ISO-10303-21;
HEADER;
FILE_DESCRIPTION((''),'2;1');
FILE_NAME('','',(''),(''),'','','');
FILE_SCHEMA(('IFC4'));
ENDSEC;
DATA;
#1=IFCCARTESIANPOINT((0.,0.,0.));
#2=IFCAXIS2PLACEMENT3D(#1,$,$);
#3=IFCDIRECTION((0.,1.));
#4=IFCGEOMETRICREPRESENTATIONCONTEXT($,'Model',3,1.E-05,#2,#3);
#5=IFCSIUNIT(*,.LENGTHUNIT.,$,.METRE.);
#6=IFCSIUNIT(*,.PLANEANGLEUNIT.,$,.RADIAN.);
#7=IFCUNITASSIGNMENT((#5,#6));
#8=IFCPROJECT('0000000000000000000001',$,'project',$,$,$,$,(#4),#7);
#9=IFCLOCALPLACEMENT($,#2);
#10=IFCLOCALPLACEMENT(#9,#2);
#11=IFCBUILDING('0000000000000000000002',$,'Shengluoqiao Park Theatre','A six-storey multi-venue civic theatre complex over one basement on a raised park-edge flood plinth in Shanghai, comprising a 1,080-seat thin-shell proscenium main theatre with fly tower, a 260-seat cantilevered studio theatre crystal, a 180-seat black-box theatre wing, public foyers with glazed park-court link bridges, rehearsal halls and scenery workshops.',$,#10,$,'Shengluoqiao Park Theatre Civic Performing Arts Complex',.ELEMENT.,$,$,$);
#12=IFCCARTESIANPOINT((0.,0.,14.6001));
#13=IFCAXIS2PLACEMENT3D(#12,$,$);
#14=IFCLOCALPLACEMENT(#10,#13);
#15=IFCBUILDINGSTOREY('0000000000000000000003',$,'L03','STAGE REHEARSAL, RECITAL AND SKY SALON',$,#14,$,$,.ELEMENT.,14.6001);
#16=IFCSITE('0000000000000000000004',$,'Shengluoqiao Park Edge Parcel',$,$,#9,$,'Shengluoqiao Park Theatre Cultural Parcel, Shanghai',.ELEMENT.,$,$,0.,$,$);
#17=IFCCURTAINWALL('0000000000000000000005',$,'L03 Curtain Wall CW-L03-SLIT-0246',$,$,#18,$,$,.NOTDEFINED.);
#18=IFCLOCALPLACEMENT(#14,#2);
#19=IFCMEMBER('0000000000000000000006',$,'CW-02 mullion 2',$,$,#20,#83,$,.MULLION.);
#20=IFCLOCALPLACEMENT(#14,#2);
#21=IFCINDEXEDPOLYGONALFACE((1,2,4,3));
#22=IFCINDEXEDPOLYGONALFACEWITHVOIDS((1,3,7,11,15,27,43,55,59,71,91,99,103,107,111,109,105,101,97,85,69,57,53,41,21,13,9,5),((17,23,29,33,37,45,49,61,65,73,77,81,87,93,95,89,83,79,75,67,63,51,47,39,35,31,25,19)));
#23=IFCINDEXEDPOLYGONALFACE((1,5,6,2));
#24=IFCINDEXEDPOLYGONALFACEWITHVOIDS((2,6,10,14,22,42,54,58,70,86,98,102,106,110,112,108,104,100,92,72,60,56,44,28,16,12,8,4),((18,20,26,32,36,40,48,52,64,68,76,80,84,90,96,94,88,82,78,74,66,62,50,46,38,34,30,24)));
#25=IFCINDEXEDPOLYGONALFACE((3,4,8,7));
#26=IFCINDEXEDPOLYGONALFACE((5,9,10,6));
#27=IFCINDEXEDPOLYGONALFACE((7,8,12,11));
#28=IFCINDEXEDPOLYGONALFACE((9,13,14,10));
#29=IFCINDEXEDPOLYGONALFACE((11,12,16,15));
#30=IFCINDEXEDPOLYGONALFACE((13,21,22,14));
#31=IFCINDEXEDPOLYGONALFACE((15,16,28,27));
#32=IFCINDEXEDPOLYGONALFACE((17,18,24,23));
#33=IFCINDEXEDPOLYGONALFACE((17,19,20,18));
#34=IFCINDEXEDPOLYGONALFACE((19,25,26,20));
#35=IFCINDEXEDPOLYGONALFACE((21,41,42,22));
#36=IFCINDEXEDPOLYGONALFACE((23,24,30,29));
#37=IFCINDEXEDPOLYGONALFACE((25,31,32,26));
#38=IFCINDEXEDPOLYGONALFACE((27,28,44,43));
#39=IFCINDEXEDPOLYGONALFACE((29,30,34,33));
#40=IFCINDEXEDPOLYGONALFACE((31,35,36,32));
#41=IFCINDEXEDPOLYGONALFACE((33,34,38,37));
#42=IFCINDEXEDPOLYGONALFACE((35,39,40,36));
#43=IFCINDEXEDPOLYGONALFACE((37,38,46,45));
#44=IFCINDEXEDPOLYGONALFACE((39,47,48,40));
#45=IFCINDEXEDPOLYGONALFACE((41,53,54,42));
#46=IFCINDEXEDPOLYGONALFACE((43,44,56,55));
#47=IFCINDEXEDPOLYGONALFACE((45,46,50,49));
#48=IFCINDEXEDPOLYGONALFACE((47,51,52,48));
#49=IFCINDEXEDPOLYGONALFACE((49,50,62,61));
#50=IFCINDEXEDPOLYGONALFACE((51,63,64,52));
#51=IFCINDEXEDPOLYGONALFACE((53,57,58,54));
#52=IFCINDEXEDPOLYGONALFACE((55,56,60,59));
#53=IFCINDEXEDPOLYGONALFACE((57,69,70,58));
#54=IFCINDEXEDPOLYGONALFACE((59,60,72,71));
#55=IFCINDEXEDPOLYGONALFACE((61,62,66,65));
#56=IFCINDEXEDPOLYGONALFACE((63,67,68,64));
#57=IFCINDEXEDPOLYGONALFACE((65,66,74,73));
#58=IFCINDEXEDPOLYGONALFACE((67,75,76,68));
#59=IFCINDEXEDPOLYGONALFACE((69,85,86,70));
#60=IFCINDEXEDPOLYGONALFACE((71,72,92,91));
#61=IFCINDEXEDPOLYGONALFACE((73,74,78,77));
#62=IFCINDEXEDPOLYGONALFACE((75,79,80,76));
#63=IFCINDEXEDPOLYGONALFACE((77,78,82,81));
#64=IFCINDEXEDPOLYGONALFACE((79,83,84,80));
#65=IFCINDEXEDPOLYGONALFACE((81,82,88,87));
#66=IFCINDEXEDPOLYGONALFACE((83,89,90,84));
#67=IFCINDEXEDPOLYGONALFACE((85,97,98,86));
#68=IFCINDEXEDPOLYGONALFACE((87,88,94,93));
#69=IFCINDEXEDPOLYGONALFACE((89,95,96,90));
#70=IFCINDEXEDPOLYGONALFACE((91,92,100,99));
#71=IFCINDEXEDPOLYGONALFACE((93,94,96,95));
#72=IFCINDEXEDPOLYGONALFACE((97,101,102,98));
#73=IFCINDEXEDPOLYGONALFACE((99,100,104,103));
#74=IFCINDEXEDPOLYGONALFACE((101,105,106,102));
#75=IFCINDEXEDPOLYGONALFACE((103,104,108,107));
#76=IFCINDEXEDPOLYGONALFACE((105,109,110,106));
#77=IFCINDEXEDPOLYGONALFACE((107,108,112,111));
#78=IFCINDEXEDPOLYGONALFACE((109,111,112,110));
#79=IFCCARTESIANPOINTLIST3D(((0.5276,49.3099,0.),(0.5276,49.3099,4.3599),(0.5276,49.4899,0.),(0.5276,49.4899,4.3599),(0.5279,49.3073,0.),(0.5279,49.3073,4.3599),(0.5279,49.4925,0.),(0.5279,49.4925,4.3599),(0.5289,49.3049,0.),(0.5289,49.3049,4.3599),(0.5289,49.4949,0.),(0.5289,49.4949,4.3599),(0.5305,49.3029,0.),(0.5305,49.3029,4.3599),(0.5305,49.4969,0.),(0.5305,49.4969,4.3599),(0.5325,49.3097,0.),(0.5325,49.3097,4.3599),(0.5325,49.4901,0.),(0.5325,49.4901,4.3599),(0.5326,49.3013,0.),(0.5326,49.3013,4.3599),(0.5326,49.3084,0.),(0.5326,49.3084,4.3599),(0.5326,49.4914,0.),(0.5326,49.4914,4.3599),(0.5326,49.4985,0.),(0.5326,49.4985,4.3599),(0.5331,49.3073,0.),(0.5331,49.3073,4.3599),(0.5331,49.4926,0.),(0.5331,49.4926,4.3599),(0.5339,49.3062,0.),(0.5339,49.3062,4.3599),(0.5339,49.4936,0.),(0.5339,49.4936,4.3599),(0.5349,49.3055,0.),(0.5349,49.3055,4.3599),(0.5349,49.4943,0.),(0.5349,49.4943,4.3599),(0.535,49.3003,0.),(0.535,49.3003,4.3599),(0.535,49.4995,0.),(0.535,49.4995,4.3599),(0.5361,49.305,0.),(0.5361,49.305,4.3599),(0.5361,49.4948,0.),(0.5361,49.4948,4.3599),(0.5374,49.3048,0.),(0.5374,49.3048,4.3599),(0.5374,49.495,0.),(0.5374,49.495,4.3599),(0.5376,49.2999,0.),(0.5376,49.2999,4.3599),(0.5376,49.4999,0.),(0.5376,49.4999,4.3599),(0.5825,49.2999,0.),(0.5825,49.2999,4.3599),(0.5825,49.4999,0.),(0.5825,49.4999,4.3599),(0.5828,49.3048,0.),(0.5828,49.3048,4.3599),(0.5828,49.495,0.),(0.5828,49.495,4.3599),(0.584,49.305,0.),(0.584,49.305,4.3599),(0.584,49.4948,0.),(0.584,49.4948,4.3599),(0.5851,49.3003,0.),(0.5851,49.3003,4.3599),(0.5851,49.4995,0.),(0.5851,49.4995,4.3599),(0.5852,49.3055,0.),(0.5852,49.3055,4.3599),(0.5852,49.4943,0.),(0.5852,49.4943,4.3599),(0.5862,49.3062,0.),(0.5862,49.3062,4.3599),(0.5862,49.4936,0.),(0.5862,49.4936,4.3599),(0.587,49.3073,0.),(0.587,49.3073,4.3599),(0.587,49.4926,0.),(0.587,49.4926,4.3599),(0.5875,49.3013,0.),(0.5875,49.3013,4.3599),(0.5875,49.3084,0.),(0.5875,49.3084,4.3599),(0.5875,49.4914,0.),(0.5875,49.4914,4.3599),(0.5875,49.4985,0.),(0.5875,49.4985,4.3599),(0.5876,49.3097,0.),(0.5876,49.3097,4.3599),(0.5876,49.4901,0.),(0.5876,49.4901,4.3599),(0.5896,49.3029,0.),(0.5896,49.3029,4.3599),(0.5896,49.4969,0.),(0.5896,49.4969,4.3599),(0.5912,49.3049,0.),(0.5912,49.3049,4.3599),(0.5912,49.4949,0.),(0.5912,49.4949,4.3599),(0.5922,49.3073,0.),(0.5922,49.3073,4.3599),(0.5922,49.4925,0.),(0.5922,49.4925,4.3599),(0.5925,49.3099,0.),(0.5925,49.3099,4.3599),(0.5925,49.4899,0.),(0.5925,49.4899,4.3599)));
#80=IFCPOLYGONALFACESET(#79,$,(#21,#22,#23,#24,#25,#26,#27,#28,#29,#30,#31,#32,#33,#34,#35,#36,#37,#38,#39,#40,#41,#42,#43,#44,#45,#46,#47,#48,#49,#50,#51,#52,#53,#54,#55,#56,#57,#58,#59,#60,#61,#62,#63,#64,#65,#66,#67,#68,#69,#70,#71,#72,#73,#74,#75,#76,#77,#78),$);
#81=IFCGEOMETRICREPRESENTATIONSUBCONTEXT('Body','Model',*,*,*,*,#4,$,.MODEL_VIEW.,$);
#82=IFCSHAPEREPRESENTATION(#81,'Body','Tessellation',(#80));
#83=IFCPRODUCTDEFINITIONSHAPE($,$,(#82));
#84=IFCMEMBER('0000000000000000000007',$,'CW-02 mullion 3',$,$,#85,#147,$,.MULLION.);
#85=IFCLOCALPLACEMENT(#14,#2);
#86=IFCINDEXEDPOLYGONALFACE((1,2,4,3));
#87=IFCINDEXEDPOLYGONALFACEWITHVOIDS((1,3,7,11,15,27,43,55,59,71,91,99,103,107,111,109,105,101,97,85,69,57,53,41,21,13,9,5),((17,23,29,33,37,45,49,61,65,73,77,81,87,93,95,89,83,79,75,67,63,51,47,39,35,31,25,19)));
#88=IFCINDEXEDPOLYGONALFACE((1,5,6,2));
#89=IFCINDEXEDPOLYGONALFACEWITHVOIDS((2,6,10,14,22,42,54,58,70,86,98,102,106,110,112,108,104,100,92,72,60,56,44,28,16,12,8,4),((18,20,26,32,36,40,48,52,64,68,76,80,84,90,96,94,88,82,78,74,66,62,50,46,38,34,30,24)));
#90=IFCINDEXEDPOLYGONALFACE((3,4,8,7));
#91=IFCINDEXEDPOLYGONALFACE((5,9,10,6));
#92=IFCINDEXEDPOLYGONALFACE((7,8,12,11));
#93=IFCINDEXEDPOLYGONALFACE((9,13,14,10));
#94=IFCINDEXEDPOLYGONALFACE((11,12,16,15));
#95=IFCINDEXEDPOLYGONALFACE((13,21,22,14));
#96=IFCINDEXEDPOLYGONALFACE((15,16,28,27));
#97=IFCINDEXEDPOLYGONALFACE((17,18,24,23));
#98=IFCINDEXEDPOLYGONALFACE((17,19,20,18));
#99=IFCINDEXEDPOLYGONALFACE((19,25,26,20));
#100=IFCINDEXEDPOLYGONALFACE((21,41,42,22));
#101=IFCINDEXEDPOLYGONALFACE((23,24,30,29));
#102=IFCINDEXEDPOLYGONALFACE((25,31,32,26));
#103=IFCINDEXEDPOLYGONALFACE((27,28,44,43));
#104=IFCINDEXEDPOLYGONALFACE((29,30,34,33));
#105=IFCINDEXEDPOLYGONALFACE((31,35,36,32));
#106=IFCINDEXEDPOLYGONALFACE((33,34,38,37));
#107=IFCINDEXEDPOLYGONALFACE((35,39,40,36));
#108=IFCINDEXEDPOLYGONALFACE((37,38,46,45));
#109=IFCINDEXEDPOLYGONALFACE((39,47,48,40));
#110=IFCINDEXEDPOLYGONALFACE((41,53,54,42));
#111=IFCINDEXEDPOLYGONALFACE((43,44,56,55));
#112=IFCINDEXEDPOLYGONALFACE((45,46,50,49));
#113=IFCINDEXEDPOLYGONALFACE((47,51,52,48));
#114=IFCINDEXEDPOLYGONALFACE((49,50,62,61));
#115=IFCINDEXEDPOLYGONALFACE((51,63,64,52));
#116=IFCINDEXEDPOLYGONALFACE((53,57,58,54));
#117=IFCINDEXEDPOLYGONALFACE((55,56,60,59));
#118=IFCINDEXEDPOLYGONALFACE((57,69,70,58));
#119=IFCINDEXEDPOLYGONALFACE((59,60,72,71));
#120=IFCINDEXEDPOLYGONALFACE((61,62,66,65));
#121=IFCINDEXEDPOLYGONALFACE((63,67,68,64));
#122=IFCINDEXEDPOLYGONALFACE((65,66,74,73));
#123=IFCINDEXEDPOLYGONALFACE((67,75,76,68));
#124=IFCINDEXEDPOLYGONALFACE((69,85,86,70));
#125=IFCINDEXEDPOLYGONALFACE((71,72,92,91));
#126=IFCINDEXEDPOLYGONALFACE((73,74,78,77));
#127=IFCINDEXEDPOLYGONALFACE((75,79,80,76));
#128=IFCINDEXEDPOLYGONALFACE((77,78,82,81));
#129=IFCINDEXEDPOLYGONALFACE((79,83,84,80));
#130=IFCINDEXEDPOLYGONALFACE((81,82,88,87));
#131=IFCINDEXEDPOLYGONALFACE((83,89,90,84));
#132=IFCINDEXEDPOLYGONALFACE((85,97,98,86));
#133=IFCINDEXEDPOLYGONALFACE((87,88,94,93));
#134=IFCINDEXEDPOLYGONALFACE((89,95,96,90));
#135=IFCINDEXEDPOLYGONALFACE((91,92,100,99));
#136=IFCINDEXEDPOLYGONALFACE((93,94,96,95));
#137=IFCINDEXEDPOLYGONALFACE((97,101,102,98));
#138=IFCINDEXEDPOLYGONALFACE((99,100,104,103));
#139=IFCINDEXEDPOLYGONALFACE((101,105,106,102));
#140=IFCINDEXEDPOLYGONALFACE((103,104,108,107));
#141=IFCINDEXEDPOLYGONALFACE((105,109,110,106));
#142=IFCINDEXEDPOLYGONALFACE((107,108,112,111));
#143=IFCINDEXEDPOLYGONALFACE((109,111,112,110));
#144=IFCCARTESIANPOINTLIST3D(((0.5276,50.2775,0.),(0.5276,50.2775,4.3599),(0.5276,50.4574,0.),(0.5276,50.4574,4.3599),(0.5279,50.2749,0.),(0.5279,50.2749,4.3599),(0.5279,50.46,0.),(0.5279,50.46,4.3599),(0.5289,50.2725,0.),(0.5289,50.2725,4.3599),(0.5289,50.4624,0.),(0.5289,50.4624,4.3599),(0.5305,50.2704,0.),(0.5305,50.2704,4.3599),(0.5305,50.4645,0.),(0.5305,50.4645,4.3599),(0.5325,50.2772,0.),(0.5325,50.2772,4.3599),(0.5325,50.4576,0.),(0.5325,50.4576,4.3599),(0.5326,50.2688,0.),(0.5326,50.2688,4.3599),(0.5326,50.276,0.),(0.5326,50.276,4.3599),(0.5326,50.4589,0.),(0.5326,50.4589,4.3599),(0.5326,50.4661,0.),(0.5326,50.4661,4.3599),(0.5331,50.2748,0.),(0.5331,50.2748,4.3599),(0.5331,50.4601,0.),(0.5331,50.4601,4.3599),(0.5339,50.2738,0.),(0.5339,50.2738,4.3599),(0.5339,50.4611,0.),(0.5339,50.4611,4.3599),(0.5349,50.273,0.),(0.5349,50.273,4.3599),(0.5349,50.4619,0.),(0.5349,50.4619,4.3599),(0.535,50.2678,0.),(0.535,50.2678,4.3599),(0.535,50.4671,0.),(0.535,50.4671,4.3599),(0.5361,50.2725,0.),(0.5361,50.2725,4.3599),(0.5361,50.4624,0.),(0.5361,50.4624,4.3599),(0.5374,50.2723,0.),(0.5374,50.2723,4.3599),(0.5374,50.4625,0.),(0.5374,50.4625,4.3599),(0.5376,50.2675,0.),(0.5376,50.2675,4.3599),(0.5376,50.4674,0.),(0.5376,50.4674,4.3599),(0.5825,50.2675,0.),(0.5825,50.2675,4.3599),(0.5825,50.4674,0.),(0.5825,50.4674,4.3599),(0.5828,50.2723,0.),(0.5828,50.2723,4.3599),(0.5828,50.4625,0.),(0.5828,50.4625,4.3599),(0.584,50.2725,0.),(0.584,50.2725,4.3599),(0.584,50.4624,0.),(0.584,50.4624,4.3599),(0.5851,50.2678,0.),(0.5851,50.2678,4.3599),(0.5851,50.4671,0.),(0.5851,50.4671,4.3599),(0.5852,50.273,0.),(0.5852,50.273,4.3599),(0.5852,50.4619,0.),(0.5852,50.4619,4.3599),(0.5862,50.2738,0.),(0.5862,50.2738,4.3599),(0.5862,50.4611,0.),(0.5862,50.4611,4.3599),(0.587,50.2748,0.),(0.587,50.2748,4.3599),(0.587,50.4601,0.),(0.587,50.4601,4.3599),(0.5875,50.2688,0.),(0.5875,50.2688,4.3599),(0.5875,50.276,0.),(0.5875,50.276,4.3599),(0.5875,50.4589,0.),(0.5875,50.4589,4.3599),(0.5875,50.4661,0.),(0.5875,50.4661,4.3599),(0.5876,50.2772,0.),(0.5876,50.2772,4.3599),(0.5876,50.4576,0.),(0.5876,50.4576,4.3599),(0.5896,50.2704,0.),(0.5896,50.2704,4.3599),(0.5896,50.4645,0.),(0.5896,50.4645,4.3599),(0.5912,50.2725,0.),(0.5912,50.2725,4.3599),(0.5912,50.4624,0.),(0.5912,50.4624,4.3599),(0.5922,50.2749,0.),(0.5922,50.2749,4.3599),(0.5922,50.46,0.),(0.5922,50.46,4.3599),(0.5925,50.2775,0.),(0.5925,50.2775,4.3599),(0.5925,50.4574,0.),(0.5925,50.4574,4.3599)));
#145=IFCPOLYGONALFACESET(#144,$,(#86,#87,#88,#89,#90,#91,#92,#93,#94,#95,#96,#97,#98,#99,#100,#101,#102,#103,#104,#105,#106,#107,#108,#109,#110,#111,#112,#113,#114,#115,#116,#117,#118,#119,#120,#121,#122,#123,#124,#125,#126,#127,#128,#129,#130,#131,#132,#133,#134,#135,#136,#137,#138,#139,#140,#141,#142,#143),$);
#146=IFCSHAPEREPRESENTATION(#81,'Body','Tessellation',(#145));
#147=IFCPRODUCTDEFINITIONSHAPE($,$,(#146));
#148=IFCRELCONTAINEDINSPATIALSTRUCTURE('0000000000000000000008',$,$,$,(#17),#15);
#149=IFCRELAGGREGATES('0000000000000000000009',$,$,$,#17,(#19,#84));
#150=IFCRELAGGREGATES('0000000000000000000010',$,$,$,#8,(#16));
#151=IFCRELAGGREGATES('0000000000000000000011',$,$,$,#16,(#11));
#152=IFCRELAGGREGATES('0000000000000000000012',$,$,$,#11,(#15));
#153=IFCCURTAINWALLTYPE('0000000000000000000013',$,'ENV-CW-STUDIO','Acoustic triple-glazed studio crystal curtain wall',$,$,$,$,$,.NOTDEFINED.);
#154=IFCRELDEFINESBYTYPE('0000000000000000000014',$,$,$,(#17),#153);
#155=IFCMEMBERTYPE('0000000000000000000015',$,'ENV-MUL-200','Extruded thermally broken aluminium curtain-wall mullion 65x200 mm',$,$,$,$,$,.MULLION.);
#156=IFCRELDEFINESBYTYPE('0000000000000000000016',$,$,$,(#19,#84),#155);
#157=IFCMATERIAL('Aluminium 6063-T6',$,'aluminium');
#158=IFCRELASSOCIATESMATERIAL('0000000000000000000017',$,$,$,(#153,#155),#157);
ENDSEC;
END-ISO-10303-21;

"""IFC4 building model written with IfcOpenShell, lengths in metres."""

from ifc_helpers import new_model, si_unit, direction, frame, origin, origin_2d, place, context, subcontext, project, spatial, hollow_rectangle, extrude, material, material_profile, profile_set, type_object, element, aggregate, save


model = new_model("IFC4")

# Units and contexts
model_context = context("Model", 3, precision=1e-05, world=origin(), true_north=direction((0.0, 1.0)))
body_context = subcontext(model_context, "Body", "Model", "MODEL_VIEW")
ifc_project = project(units=[si_unit("LENGTHUNIT", "METRE"), si_unit("PLANEANGLEUNIT", "RADIAN")], contexts=[model_context])

# Site, building, storey
site_placement = place(None, origin())
site = spatial("IfcSite", under=ifc_project, at=site_placement, Name="Shengluoqiao Park Edge Parcel", LongName="Shengluoqiao Park Theatre Cultural Parcel, Shanghai", CompositionType="ELEMENT", RefElevation=0.0)
building_placement = place(site_placement, origin())
building = spatial("IfcBuilding", under=site, at=building_placement, Name="Shengluoqiao Park Theatre", Description="A six-storey multi-venue civic theatre complex over one basement on a raised park-edge flood plinth in Shanghai, comprising a 1,080-seat thin-shell proscenium main theatre with fly tower, a 260-seat cantilevered studio theatre crystal, a 180-seat black-box theatre wing, public foyers with glazed park-court link bridges, rehearsal halls and scenery workshops.", LongName="Shengluoqiao Park Theatre Civic Performing Arts Complex", CompositionType="ELEMENT")
storey_placement = place(building_placement, frame((0.0, 0.0, 14.6001)))
storey = spatial("IfcBuildingStorey", under=building, at=storey_placement, Name="L03", Description="STAGE REHEARSAL, RECITAL AND SKY SALON", CompositionType="ELEMENT", Elevation=14.6001)

# Shared definitions
ifc_material_1 = material(Name="Aluminium 6063-T6", Category="aluminium")
curtain_wall_type = type_object("IfcCurtainWallType", Name="ENV-CW-STUDIO", Description="Acoustic triple-glazed studio crystal curtain wall", PredefinedType="NOTDEFINED", material=ifc_material_1)
ifc_material_profile_1 = material_profile(ifc_material_1, hollow_rectangle(XDim=0.0649, YDim=0.2, WallThickness=0.0049, InnerFilletRadius=0.0049, OuterFilletRadius=0.01, at=origin_2d()), Name="ALU MULLION 200x65x5")
ifc_profile_set_1 = profile_set([ifc_material_profile_1], Name="Aluminium 6063-T6")
member_type_1 = type_object("IfcMemberType", Name="ENV-MUL-200", Description="Extruded thermally broken aluminium curtain-wall mullion 65x200 mm", PredefinedType="MULLION", material=ifc_profile_set_1)

# Curtain wall, members
curtain_wall_1_placement = place(storey_placement, origin())
curtain_wall_1 = element("IfcCurtainWall", 1, at=curtain_wall_1_placement, inside=storey, type_object=curtain_wall_type, Name="L03 Curtain Wall CW-L03-SLIT-0246", PredefinedType="NOTDEFINED")
member_1_placement = place(storey_placement, frame((0.5601, 49.3999, 0.0), z_axis=(0.0, 0.0, 1.0), x_axis=(-1.0, 0.0, 0.0)))
member_1 = element("IfcMember", 2, at=member_1_placement, type_object=member_type_1, Name="CW-02 mullion 2", PredefinedType="MULLION", context=body_context, shape_type="SweptSolid", body=[
    extrude(hollow_rectangle(XDim=0.0649, YDim=0.2, WallThickness=0.0049, InnerFilletRadius=0.0049, OuterFilletRadius=0.01, at=origin_2d()), origin(), (0.0, 0.0, 1.0), 4.3599),
])
member_2_placement = place(storey_placement, frame((0.5601, 50.3674, 0.0), z_axis=(0.0, 0.0, 1.0), x_axis=(-1.0, 0.0, 0.0)))
member_2 = element("IfcMember", 3, at=member_2_placement, type_object=member_type_1, Name="CW-02 mullion 3", PredefinedType="MULLION", context=body_context, shape_type="SweptSolid", body=[
    extrude(hollow_rectangle(XDim=0.0649, YDim=0.2, WallThickness=0.0049, InnerFilletRadius=0.0049, OuterFilletRadius=0.01, at=origin_2d()), origin(), (0.0, 0.0, 1.0), 4.3599),
])

aggregate(curtain_wall_1, [member_1, member_2])

save(model, "model.ifc")
